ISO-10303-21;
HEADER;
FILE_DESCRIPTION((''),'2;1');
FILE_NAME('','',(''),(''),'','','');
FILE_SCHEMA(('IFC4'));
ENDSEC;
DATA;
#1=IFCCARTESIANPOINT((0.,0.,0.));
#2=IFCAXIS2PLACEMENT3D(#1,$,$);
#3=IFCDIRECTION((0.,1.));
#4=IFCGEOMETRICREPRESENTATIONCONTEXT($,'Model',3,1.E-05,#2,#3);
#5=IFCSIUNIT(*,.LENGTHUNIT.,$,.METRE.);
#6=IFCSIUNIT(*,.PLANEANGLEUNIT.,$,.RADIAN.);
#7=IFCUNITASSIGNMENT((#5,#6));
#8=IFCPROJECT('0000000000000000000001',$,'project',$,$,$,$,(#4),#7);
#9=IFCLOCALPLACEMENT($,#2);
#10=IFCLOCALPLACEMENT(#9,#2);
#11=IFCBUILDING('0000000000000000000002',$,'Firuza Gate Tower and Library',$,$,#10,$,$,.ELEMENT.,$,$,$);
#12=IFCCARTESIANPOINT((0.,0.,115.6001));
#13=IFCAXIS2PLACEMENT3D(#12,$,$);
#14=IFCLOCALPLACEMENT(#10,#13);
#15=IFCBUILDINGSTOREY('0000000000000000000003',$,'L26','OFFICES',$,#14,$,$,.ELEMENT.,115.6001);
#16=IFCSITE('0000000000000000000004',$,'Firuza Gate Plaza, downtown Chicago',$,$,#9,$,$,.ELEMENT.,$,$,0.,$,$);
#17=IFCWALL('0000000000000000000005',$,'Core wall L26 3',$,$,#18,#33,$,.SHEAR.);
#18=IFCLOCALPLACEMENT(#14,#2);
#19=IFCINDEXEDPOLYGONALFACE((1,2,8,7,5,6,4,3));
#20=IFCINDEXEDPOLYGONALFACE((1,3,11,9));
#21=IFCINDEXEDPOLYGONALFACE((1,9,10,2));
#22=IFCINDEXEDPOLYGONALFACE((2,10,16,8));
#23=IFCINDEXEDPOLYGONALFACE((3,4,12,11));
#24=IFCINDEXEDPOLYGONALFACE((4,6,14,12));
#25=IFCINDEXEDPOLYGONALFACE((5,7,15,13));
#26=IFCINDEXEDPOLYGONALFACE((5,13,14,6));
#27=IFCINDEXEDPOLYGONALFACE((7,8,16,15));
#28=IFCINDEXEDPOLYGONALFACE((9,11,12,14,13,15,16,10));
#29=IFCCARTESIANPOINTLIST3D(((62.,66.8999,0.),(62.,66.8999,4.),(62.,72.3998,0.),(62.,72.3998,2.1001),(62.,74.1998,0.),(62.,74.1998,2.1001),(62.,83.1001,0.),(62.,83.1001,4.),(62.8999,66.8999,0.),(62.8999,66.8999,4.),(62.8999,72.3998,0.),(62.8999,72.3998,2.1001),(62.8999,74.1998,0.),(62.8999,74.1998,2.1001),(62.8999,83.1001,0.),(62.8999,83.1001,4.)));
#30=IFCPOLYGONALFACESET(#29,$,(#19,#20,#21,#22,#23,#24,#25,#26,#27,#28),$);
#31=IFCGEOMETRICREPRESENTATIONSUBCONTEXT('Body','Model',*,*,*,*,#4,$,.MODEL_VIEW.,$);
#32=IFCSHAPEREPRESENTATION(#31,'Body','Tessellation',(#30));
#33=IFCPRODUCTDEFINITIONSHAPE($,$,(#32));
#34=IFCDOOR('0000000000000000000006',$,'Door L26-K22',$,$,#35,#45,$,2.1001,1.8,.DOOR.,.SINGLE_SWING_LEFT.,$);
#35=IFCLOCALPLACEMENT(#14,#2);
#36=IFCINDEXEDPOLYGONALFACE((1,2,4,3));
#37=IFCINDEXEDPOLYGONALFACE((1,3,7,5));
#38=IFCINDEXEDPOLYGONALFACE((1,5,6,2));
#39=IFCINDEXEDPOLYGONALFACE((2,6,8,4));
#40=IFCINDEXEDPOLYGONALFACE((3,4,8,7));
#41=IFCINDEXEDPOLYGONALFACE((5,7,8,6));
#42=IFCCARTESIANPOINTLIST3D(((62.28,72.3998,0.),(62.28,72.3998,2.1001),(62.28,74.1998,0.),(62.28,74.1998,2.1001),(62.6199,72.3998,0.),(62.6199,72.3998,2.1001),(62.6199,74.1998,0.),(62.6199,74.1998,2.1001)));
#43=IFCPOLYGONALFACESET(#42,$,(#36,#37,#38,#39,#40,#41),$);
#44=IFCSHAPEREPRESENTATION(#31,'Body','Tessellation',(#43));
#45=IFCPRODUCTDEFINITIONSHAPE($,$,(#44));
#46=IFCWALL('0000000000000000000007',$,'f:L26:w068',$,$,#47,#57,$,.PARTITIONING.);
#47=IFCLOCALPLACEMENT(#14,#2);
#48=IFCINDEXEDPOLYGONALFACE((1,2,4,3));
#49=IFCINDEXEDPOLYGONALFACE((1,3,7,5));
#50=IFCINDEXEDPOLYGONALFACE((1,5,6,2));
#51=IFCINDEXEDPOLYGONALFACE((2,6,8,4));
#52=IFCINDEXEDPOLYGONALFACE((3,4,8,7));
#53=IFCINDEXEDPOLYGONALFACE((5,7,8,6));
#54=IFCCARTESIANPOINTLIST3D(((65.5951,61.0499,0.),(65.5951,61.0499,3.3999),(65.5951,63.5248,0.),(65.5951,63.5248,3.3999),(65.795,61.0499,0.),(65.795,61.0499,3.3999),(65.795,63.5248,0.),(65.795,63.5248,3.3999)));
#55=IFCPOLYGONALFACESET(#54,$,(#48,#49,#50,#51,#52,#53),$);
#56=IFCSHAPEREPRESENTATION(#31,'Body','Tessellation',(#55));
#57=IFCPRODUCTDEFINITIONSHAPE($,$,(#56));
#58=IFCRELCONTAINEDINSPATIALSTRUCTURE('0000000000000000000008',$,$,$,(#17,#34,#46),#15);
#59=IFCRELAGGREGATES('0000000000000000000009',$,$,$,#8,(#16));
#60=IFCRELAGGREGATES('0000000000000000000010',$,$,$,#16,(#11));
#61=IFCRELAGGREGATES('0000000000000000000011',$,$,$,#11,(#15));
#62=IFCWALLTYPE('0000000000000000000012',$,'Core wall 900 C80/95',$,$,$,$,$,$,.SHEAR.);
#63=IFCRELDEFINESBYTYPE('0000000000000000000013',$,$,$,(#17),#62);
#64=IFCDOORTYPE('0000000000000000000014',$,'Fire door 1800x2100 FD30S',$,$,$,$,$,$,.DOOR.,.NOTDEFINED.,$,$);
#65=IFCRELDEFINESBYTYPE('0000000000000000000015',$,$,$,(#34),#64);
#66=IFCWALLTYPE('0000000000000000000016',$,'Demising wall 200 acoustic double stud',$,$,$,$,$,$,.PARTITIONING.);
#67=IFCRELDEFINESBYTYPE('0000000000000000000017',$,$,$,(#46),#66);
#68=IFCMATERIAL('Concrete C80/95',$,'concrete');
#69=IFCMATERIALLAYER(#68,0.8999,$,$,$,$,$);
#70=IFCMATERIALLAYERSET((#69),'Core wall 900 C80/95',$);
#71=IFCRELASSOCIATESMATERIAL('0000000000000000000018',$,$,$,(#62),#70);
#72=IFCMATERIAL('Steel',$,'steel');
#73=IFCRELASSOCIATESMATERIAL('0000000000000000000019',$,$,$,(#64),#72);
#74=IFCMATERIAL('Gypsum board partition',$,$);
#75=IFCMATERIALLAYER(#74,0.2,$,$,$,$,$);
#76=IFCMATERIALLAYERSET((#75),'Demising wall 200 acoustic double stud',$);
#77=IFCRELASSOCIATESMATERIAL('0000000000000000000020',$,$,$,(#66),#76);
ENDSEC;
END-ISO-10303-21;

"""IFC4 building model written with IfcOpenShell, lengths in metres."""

from ifc_helpers import new_model, si_unit, direction, frame, frame_2d, origin, place, context, subcontext, project, spatial, rectangle, extrude, material, layer, layer_set, type_object, element, fill, save


model = new_model("IFC4")

# Units and contexts
model_context = context("Model", 3, precision=1e-05, world=origin(), true_north=direction((0.0, 1.0)))
body_context = subcontext(model_context, "Body", "Model", "MODEL_VIEW")
ifc_project = project(units=[si_unit("LENGTHUNIT", "METRE"), si_unit("PLANEANGLEUNIT", "RADIAN")], contexts=[model_context])

# Site, building, storey
site_placement = place(None, origin())
site = spatial("IfcSite", under=ifc_project, at=site_placement, Name="Firuza Gate Plaza, downtown Chicago", CompositionType="ELEMENT", RefElevation=0.0)
building_placement = place(site_placement, origin())
building = spatial("IfcBuilding", under=site, at=building_placement, Name="Firuza Gate Tower and Library", CompositionType="ELEMENT")
storey_placement = place(building_placement, frame((0.0, 0.0, 115.6001)))
storey = spatial("IfcBuildingStorey", under=building, at=storey_placement, Name="L26", Description="OFFICES", CompositionType="ELEMENT", Elevation=115.6001)

# Shared definitions
ifc_material_1 = material(Name="Concrete C80/95", Category="concrete")
ifc_layer_1 = layer(ifc_material_1, 0.8999)
ifc_layer_set_1 = layer_set([ifc_layer_1], Name="Core wall 900 C80/95")
wall_type_1 = type_object("IfcWallType", Name="Core wall 900 C80/95", PredefinedType="SHEAR", material=ifc_layer_set_1)

# Wall, opening, door
wall_1_placement = place(storey_placement, frame((62.45, 66.8999, 0.0), z_axis=(0.0, 0.0, 1.0), x_axis=(0.0, 1.0, 0.0)))
wall_1 = element("IfcWall", 1, at=wall_1_placement, inside=storey, type_object=wall_type_1, Name="Core wall L26 3", PredefinedType="SHEAR", context=body_context, shape_type="SweptSolid", body=[
    extrude(rectangle(XDim=16.2002, YDim=0.8999, at=frame_2d((8.1001, 0.0))), origin(), (0.0, 0.0, 1.0), 4.0),
])
opening_1_placement = place(wall_1_placement, frame((5.5, 0.0, 0.0)))
opening_1 = element("IfcOpeningElement", 2, at=opening_1_placement, cuts=wall_1, PredefinedType="OPENING", context=body_context, shape_type="SweptSolid", body=[
    extrude(rectangle(XDim=1.8, YDim=2.1001, at=frame_2d((0.8999, 1.05))), frame((0.0, 0.46, 0.0), z_axis=(0.0, -1.0, 0.0), x_axis=(1.0, 0.0, 0.0)), (0.0, 0.0, 1.0), 0.9199),
])
ifc_material_2 = material(Name="Steel", Category="steel")
door_type_1 = type_object("IfcDoorType", Name="Fire door 1800x2100 FD30S", OperationType="NOTDEFINED", PredefinedType="DOOR", material=ifc_material_2)
door_1_placement = place(opening_1_placement, origin())
door_1 = element("IfcDoor", 3, at=door_1_placement, inside=storey, type_object=door_type_1, Name="Door L26-K22", OperationType="SINGLE_SWING_LEFT", OverallHeight=2.1001, OverallWidth=1.8, PredefinedType="DOOR", context=body_context, shape_type="SweptSolid", body=[
    extrude(rectangle(XDim=1.8, YDim=2.1001, at=frame_2d((0.8999, 1.05))), frame((0.0, 0.1699, 0.0), z_axis=(0.0, -1.0, 0.0), x_axis=(1.0, 0.0, 0.0)), (0.0, 0.0, 1.0), 0.3398),
])
fill(opening_1, door_1)

# Wall
ifc_material_3 = material(Name="Gypsum board partition")
ifc_layer_2 = layer(ifc_material_3, 0.2)
ifc_layer_set_2 = layer_set([ifc_layer_2], Name="Demising wall 200 acoustic double stud")
wall_type_2 = type_object("IfcWallType", Name="Demising wall 200 acoustic double stud", PredefinedType="PARTITIONING", material=ifc_layer_set_2)
wall_2_placement = place(storey_placement, frame((65.6951, 61.05, 0.0), z_axis=(0.0, 0.0, 1.0), x_axis=(0.0, 1.0, 0.0)))
element("IfcWall", 4, at=wall_2_placement, inside=storey, type_object=wall_type_2, Name="f:L26:w068", PredefinedType="PARTITIONING", context=body_context, shape_type="SweptSolid", body=[
    extrude(rectangle(XDim=2.4749, YDim=0.2, at=frame_2d((1.2373, 0.0))), origin(), (0.0, 0.0, 1.0), 3.3999),
])

save(model, "model.ifc")
